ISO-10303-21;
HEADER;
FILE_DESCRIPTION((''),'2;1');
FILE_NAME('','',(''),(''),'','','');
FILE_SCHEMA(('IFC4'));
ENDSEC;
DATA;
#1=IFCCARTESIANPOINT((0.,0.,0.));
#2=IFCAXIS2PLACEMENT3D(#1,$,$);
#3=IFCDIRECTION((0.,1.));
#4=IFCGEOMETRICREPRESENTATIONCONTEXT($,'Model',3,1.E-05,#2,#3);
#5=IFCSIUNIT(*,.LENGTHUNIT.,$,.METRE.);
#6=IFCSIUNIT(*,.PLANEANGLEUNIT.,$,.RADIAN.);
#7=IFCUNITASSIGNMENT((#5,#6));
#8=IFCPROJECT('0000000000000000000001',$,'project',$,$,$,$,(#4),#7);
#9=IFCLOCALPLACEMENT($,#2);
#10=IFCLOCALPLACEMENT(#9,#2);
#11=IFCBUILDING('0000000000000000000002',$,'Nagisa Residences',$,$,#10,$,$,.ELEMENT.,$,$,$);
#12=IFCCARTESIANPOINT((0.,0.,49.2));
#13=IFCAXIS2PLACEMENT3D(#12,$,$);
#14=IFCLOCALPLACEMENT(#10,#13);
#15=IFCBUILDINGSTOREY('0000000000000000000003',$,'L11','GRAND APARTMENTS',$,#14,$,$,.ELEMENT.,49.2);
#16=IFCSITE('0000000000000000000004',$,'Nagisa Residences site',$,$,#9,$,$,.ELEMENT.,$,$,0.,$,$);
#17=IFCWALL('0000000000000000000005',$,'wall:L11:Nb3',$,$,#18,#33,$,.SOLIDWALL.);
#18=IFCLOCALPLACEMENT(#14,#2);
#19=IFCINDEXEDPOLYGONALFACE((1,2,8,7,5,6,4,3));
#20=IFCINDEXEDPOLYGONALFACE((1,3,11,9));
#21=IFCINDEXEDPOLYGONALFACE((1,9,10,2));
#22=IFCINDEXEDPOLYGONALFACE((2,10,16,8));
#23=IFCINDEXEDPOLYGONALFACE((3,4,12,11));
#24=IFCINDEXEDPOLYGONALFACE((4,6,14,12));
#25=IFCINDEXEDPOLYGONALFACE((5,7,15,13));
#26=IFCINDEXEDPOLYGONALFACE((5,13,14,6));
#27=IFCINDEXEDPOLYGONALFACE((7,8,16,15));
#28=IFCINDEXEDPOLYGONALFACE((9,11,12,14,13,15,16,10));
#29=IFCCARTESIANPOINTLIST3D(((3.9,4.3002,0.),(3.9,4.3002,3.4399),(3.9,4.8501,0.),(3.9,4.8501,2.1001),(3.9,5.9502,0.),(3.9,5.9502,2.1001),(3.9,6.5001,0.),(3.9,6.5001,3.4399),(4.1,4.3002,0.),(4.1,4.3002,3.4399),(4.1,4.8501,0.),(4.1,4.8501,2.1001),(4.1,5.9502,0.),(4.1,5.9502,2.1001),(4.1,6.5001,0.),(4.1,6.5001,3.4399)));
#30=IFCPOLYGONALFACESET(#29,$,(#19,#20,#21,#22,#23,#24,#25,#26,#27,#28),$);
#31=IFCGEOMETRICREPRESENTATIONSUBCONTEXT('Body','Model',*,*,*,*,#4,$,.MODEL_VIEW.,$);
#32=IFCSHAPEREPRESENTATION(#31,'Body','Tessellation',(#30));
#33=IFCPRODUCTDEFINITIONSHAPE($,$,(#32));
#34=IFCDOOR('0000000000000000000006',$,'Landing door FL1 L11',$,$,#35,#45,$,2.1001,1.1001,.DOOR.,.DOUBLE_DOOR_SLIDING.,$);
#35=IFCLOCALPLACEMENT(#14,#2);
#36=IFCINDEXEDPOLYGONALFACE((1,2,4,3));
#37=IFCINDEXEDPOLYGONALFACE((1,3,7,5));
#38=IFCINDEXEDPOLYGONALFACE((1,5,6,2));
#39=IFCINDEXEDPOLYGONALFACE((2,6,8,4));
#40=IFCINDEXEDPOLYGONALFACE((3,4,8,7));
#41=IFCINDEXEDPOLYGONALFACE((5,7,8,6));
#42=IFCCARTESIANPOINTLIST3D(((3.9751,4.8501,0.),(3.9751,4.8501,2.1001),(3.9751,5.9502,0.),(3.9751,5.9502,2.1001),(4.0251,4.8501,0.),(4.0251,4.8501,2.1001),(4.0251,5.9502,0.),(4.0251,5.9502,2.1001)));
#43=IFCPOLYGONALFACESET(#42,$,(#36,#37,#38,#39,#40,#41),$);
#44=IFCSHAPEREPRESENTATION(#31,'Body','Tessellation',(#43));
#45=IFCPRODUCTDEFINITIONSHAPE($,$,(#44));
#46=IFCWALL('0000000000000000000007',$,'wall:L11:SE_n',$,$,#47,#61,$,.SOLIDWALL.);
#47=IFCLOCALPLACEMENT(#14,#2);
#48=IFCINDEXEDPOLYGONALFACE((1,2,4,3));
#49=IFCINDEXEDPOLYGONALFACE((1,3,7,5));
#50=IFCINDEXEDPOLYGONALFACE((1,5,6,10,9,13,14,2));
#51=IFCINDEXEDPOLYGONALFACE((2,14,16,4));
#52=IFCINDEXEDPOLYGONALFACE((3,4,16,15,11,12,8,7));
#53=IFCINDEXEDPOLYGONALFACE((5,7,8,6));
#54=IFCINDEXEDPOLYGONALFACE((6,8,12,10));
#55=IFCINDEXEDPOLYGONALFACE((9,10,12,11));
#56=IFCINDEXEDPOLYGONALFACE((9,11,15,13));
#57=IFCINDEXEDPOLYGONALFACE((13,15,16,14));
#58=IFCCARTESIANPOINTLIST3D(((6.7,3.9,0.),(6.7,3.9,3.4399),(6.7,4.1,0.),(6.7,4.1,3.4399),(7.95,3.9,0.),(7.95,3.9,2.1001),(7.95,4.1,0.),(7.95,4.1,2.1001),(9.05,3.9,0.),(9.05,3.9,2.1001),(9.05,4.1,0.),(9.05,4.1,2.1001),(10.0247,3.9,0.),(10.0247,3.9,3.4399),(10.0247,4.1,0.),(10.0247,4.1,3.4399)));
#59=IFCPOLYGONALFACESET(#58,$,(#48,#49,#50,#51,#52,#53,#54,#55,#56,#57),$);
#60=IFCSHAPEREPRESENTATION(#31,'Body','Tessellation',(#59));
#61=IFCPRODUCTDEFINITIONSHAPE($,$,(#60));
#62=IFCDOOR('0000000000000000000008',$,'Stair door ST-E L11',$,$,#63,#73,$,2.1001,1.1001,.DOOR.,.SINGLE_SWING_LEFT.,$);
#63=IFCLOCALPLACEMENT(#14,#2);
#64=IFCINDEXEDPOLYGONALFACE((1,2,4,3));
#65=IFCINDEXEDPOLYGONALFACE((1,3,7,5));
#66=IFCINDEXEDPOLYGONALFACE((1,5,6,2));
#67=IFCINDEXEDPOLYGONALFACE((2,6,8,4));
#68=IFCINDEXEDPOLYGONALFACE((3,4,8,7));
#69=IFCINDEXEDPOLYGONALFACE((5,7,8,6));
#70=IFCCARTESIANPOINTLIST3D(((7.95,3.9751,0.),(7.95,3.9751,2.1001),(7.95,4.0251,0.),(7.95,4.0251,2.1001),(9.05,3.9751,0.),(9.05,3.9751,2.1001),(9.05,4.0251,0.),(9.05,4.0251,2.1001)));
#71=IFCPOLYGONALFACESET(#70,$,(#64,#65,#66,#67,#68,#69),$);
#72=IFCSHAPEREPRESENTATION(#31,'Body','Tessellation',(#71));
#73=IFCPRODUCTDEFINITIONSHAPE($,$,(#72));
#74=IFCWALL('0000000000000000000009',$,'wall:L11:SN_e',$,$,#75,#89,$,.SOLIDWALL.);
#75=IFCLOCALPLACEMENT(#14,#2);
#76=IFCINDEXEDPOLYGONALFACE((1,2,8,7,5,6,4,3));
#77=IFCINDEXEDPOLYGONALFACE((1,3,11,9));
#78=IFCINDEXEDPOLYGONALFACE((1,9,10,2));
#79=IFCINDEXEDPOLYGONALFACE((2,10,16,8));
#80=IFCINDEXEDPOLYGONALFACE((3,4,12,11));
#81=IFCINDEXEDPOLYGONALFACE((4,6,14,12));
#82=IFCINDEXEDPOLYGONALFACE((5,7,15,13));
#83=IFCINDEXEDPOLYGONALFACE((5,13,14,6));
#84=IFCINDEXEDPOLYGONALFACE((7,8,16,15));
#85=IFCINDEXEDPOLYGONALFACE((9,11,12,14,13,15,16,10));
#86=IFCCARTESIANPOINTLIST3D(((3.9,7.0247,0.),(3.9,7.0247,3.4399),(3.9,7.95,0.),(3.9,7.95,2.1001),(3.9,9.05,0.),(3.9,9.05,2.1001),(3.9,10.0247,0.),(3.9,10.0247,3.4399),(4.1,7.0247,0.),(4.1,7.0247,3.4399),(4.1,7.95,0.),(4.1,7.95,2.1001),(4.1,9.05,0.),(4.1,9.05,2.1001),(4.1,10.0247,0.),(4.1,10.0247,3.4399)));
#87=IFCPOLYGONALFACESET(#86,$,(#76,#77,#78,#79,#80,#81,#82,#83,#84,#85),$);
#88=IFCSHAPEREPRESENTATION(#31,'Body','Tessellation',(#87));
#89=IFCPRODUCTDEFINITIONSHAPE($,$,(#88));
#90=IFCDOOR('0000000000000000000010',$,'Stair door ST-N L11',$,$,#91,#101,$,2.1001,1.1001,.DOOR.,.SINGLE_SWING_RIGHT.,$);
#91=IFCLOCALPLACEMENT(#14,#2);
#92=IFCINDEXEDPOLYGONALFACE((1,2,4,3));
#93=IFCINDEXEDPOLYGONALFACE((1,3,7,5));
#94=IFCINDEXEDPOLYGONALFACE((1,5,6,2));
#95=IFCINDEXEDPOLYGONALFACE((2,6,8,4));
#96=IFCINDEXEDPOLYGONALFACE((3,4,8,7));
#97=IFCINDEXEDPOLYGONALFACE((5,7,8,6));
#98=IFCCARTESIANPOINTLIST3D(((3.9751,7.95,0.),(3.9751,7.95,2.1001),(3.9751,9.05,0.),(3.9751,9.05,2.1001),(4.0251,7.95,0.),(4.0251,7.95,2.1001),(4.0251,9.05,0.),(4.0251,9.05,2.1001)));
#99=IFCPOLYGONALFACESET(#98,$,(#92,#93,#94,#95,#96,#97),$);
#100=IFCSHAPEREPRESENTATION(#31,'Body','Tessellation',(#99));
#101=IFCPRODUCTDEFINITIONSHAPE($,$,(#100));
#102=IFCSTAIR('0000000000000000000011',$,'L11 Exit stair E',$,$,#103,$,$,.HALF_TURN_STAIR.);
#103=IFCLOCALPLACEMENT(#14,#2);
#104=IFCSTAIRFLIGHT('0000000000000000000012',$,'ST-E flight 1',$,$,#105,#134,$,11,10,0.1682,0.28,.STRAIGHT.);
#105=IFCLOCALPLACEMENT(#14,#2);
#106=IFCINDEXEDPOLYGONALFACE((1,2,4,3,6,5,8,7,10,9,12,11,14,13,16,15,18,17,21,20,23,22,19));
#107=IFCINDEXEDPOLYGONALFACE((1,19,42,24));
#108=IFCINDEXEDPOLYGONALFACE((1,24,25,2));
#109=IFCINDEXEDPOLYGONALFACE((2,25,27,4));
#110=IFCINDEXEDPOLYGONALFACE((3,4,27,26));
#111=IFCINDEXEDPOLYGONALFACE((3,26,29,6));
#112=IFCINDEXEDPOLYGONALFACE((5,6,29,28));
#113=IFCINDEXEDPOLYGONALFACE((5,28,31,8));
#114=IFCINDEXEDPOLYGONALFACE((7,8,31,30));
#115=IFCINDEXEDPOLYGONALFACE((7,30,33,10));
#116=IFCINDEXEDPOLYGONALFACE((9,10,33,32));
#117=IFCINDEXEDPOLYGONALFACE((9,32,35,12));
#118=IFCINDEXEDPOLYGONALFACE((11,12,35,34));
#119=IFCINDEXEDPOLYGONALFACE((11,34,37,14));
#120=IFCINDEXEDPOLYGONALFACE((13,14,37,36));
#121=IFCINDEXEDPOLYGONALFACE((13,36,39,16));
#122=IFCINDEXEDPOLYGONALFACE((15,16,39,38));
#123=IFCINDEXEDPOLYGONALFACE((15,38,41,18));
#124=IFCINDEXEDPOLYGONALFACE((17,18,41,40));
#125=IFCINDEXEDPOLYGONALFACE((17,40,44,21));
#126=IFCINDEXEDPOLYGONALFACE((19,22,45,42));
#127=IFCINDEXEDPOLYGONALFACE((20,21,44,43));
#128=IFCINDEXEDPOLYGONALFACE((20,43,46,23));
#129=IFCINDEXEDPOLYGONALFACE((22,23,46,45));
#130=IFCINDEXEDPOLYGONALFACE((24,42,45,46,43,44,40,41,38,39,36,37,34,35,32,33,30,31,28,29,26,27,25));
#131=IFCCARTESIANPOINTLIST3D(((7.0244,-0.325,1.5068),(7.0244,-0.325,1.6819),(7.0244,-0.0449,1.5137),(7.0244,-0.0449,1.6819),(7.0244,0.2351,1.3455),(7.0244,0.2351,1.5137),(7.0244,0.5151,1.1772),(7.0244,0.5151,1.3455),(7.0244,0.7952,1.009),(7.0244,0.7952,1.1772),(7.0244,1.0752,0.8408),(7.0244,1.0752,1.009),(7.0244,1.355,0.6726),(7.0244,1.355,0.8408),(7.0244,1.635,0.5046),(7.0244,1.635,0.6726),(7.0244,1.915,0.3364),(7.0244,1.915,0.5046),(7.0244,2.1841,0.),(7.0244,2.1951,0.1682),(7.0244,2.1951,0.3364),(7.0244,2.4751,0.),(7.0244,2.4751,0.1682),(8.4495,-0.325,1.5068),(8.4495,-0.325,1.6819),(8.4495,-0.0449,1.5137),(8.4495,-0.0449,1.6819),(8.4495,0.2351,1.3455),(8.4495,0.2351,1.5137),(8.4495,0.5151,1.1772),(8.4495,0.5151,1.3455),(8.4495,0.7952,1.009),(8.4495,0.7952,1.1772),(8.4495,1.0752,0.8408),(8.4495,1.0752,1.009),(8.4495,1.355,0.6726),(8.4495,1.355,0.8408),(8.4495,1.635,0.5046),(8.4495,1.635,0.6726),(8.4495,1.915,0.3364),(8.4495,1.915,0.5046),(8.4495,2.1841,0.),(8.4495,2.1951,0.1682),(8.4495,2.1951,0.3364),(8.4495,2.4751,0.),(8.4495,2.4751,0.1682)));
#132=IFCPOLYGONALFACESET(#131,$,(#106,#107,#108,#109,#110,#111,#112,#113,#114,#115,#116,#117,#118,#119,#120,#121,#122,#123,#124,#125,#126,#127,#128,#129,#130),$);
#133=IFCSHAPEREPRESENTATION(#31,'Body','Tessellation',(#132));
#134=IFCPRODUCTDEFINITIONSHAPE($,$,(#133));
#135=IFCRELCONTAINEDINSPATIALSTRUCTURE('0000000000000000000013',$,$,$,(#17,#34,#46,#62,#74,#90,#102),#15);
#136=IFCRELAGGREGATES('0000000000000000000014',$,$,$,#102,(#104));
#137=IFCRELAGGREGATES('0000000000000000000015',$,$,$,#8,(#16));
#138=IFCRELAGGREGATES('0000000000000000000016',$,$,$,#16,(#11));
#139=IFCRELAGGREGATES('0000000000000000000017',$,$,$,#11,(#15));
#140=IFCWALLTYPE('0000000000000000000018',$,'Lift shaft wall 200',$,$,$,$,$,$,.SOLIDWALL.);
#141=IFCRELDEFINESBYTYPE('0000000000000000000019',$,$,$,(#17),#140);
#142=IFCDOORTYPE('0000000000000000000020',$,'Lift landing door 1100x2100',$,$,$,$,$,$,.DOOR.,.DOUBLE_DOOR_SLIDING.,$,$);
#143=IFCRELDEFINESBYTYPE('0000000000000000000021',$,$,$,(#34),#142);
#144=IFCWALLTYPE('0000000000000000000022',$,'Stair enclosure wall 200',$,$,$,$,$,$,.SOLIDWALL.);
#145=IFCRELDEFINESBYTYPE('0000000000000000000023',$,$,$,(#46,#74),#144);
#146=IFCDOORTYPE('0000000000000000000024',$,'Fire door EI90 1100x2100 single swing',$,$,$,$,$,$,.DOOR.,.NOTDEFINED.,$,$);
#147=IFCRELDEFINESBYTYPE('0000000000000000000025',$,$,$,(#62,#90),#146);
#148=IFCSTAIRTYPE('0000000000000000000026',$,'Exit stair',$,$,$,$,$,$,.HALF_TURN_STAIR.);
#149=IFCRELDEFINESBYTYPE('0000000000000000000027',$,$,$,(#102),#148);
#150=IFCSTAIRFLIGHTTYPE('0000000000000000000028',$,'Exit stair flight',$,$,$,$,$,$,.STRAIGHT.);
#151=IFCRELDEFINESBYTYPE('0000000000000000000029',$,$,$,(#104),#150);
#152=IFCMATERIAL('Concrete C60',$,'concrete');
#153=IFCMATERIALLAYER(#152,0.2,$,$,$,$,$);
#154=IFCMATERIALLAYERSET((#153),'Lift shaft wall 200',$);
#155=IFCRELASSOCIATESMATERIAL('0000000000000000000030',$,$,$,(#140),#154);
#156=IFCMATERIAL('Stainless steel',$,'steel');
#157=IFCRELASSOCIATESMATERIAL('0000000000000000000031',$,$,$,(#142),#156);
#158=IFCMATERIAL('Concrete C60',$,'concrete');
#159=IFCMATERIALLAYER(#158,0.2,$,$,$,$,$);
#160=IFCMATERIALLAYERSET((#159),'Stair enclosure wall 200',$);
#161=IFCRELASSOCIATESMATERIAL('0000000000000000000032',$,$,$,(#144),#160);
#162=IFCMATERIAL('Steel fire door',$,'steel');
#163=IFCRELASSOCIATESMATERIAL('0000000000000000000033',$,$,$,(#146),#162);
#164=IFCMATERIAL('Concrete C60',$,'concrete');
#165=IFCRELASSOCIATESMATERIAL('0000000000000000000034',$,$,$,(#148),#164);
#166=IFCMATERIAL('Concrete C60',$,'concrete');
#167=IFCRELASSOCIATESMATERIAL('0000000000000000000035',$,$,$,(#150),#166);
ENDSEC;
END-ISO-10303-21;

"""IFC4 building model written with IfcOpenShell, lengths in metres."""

from ifc_helpers import new_model, si_unit, direction, frame, frame_2d, origin, place, context, subcontext, project, spatial, polyline, rectangle, outline, extrude, material, layer, layer_set, type_object, element, fill, aggregate, save


model = new_model("IFC4")

# Units and contexts
model_context = context("Model", 3, precision=1e-05, world=origin(), true_north=direction((0.0, 1.0)))
body_context = subcontext(model_context, "Body", "Model", "MODEL_VIEW")
ifc_project = project(units=[si_unit("LENGTHUNIT", "METRE"), si_unit("PLANEANGLEUNIT", "RADIAN")], contexts=[model_context])

# Site, building, storey
site_placement = place(None, origin())
site = spatial("IfcSite", under=ifc_project, at=site_placement, Name="Nagisa Residences site", CompositionType="ELEMENT", RefElevation=0.0)
building_placement = place(site_placement, origin())
building = spatial("IfcBuilding", under=site, at=building_placement, Name="Nagisa Residences", CompositionType="ELEMENT")
storey_placement = place(building_placement, frame((0.0, 0.0, 49.2)))
storey = spatial("IfcBuildingStorey", under=building, at=storey_placement, Name="L11", Description="GRAND APARTMENTS", CompositionType="ELEMENT", Elevation=49.2)

# Walls, openings, doors
ifc_material_1 = material(Name="Concrete C60", Category="concrete")
ifc_layer_1 = layer(ifc_material_1, 0.2)
ifc_layer_set_1 = layer_set([ifc_layer_1], Name="Lift shaft wall 200")
wall_type_1 = type_object("IfcWallType", Name="Lift shaft wall 200", PredefinedType="SOLIDWALL", material=ifc_layer_set_1)
wall_1_placement = place(storey_placement, frame((4.0, 4.3, 0.0), z_axis=(0.0, 0.0, 1.0), x_axis=(0.0, 1.0, 0.0)))
wall_1 = element("IfcWall", 1, at=wall_1_placement, inside=storey, type_object=wall_type_1, Name="wall:L11:Nb3", PredefinedType="SOLIDWALL", context=body_context, shape_type="SweptSolid", body=[
    extrude(rectangle(XDim=2.2, YDim=0.2, at=frame_2d((1.1001, 0.0))), origin(), (0.0, 0.0, 1.0), 3.4399),
])
opening_1_placement = place(wall_1_placement, frame((0.55, 0.0, 0.0)))
opening_1 = element("IfcOpeningElement", 2, at=opening_1_placement, cuts=wall_1, PredefinedType="OPENING", context=body_context, shape_type="SweptSolid", body=[
    extrude(rectangle(XDim=1.1001, YDim=2.1001, at=frame_2d((0.55, 1.05))), frame((0.0, 0.1099, 0.0), z_axis=(0.0, -1.0, 0.0), x_axis=(1.0, 0.0, 0.0)), (0.0, 0.0, 1.0), 0.22),
])
ifc_material_2 = material(Name="Stainless steel", Category="steel")
door_type_1 = type_object("IfcDoorType", Name="Lift landing door 1100x2100", OperationType="DOUBLE_DOOR_SLIDING", PredefinedType="DOOR", material=ifc_material_2)
door_1_placement = place(opening_1_placement, origin())
door_1 = element("IfcDoor", 3, at=door_1_placement, inside=storey, type_object=door_type_1, Name="Landing door FL1 L11", OperationType="DOUBLE_DOOR_SLIDING", OverallHeight=2.1001, OverallWidth=1.1001, PredefinedType="DOOR", context=body_context, shape_type="SweptSolid", body=[
    extrude(rectangle(XDim=1.1001, YDim=2.1001, at=frame_2d((0.55, 1.05))), frame((0.0, 0.0249, 0.0), z_axis=(0.0, -1.0, 0.0), x_axis=(1.0, 0.0, 0.0)), (0.0, 0.0, 1.0), 0.05),
])
fill(opening_1, door_1)
ifc_material_3 = material(Name="Concrete C60", Category="concrete")
ifc_layer_2 = layer(ifc_material_3, 0.2)
ifc_layer_set_2 = layer_set([ifc_layer_2], Name="Stair enclosure wall 200")
wall_type_2 = type_object("IfcWallType", Name="Stair enclosure wall 200", PredefinedType="SOLIDWALL", material=ifc_layer_set_2)
wall_2_placement = place(storey_placement, frame((6.7, 4.0, 0.0), z_axis=(0.0, 0.0, 1.0), x_axis=(1.0, 0.0, 0.0)))
wall_2 = element("IfcWall", 4, at=wall_2_placement, inside=storey, type_object=wall_type_2, Name="wall:L11:SE_n", PredefinedType="SOLIDWALL", context=body_context, shape_type="SweptSolid", body=[
    extrude(rectangle(XDim=3.3247, YDim=0.2, at=frame_2d((1.6624, 0.0))), origin(), (0.0, 0.0, 1.0), 3.4399),
])
opening_2_placement = place(wall_2_placement, frame((1.25, 0.0, 0.0)))
opening_2 = element("IfcOpeningElement", 5, at=opening_2_placement, cuts=wall_2, PredefinedType="OPENING", context=body_context, shape_type="SweptSolid", body=[
    extrude(rectangle(XDim=1.1001, YDim=2.1001, at=frame_2d((0.55, 1.05))), frame((0.0, 0.1099, 0.0), z_axis=(0.0, -1.0, 0.0), x_axis=(1.0, 0.0, 0.0)), (0.0, 0.0, 1.0), 0.22),
])
ifc_material_4 = material(Name="Steel fire door", Category="steel")
door_type_2 = type_object("IfcDoorType", Name="Fire door EI90 1100x2100 single swing", OperationType="NOTDEFINED", PredefinedType="DOOR", material=ifc_material_4)
door_2_placement = place(opening_2_placement, frame((1.1001, 0.0, 0.0), x_axis=(-1.0, 0.0, 0.0)))
door_2 = element("IfcDoor", 6, at=door_2_placement, inside=storey, type_object=door_type_2, Name="Stair door ST-E L11", OperationType="SINGLE_SWING_LEFT", OverallHeight=2.1001, OverallWidth=1.1001, PredefinedType="DOOR", context=body_context, shape_type="SweptSolid", body=[
    extrude(rectangle(XDim=1.1001, YDim=2.1001, at=frame_2d((0.55, 1.05))), frame((0.0, 0.0249, 0.0), z_axis=(0.0, -1.0, 0.0), x_axis=(1.0, 0.0, 0.0)), (0.0, 0.0, 1.0), 0.05),
])
fill(opening_2, door_2)
wall_3_placement = place(storey_placement, frame((4.0, 7.0247, 0.0), z_axis=(0.0, 0.0, 1.0), x_axis=(0.0, 1.0, 0.0)))
wall_3 = element("IfcWall", 7, at=wall_3_placement, inside=storey, type_object=wall_type_2, Name="wall:L11:SN_e", PredefinedType="SOLIDWALL", context=body_context, shape_type="SweptSolid", body=[
    extrude(rectangle(XDim=3.0, YDim=0.2, at=frame_2d((1.5, 0.0))), origin(), (0.0, 0.0, 1.0), 3.4399),
])
opening_3_placement = place(wall_3_placement, frame((0.9253, 0.0, 0.0)))
opening_3 = element("IfcOpeningElement", 8, at=opening_3_placement, cuts=wall_3, PredefinedType="OPENING", context=body_context, shape_type="SweptSolid", body=[
    extrude(rectangle(XDim=1.1001, YDim=2.1001, at=frame_2d((0.55, 1.05))), frame((0.0, 0.1099, 0.0), z_axis=(0.0, -1.0, 0.0), x_axis=(1.0, 0.0, 0.0)), (0.0, 0.0, 1.0), 0.22),
])
door_3_placement = place(opening_3_placement, origin())
door_3 = element("IfcDoor", 9, at=door_3_placement, inside=storey, type_object=door_type_2, Name="Stair door ST-N L11", OperationType="SINGLE_SWING_RIGHT", OverallHeight=2.1001, OverallWidth=1.1001, PredefinedType="DOOR", context=body_context, shape_type="SweptSolid", body=[
    extrude(rectangle(XDim=1.1001, YDim=2.1001, at=frame_2d((0.55, 1.05))), frame((0.0, 0.0249, 0.0), z_axis=(0.0, -1.0, 0.0), x_axis=(1.0, 0.0, 0.0)), (0.0, 0.0, 1.0), 0.05),
])
fill(opening_3, door_3)

# Stair, stair flight
ifc_material_5 = material(Name="Concrete C60", Category="concrete")
stair_type = type_object("IfcStairType", Name="Exit stair", PredefinedType="HALF_TURN_STAIR", material=ifc_material_5)
stair_placement = place(storey_placement, origin())
stair = element("IfcStair", 10, at=stair_placement, inside=storey, type_object=stair_type, Name="L11 Exit stair E", PredefinedType="HALF_TURN_STAIR")
ifc_material_6 = material(Name="Concrete C60", Category="concrete")
stair_flight_type = type_object("IfcStairFlightType", Name="Exit stair flight", PredefinedType="STRAIGHT", material=ifc_material_6)
stair_flight_placement = place(storey_placement, frame((7.7371, 2.4751, 0.0), z_axis=(0.0, 0.0, 1.0), x_axis=(0.0, -1.0, 0.0)))
stair_flight = element("IfcStairFlight", 11, at=stair_flight_placement, type_object=stair_flight_type, Name="ST-E flight 1", NumberOfRisers=11, NumberOfTreads=10, PredefinedType="STRAIGHT", RiserHeight=0.1682, TreadLength=0.28, context=body_context, shape_type="SweptSolid", body=[
    extrude(outline(polyline([(0.0, 0.0), (0.0, 0.1682), (0.28, 0.1682), (0.28, 0.3364), (0.5601, 0.3364), (0.5601, 0.5046), (0.8401, 0.5046), (0.8401, 0.6726), (1.1201, 0.6726), (1.1201, 0.8408), (1.3999, 0.8408), (1.3999, 1.009), (1.6799, 1.009), (1.6799, 1.1772), (1.96, 1.1772), (1.96, 1.3455), (2.24, 1.3455), (2.24, 1.5137), (2.52, 1.5137), (2.52, 1.6819), (2.8, 1.6819), (2.8, 1.8501), (2.8, 1.5068), (0.291, 0.0), (0.0, 0.0)])), frame((0.0, 0.7124, 0.0), z_axis=(0.0, -1.0, 0.0), x_axis=(1.0, 0.0, 0.0)), (0.0, 0.0, 1.0), 1.425),
])
aggregate(stair, [stair_flight])

save(model, "model.ifc")
